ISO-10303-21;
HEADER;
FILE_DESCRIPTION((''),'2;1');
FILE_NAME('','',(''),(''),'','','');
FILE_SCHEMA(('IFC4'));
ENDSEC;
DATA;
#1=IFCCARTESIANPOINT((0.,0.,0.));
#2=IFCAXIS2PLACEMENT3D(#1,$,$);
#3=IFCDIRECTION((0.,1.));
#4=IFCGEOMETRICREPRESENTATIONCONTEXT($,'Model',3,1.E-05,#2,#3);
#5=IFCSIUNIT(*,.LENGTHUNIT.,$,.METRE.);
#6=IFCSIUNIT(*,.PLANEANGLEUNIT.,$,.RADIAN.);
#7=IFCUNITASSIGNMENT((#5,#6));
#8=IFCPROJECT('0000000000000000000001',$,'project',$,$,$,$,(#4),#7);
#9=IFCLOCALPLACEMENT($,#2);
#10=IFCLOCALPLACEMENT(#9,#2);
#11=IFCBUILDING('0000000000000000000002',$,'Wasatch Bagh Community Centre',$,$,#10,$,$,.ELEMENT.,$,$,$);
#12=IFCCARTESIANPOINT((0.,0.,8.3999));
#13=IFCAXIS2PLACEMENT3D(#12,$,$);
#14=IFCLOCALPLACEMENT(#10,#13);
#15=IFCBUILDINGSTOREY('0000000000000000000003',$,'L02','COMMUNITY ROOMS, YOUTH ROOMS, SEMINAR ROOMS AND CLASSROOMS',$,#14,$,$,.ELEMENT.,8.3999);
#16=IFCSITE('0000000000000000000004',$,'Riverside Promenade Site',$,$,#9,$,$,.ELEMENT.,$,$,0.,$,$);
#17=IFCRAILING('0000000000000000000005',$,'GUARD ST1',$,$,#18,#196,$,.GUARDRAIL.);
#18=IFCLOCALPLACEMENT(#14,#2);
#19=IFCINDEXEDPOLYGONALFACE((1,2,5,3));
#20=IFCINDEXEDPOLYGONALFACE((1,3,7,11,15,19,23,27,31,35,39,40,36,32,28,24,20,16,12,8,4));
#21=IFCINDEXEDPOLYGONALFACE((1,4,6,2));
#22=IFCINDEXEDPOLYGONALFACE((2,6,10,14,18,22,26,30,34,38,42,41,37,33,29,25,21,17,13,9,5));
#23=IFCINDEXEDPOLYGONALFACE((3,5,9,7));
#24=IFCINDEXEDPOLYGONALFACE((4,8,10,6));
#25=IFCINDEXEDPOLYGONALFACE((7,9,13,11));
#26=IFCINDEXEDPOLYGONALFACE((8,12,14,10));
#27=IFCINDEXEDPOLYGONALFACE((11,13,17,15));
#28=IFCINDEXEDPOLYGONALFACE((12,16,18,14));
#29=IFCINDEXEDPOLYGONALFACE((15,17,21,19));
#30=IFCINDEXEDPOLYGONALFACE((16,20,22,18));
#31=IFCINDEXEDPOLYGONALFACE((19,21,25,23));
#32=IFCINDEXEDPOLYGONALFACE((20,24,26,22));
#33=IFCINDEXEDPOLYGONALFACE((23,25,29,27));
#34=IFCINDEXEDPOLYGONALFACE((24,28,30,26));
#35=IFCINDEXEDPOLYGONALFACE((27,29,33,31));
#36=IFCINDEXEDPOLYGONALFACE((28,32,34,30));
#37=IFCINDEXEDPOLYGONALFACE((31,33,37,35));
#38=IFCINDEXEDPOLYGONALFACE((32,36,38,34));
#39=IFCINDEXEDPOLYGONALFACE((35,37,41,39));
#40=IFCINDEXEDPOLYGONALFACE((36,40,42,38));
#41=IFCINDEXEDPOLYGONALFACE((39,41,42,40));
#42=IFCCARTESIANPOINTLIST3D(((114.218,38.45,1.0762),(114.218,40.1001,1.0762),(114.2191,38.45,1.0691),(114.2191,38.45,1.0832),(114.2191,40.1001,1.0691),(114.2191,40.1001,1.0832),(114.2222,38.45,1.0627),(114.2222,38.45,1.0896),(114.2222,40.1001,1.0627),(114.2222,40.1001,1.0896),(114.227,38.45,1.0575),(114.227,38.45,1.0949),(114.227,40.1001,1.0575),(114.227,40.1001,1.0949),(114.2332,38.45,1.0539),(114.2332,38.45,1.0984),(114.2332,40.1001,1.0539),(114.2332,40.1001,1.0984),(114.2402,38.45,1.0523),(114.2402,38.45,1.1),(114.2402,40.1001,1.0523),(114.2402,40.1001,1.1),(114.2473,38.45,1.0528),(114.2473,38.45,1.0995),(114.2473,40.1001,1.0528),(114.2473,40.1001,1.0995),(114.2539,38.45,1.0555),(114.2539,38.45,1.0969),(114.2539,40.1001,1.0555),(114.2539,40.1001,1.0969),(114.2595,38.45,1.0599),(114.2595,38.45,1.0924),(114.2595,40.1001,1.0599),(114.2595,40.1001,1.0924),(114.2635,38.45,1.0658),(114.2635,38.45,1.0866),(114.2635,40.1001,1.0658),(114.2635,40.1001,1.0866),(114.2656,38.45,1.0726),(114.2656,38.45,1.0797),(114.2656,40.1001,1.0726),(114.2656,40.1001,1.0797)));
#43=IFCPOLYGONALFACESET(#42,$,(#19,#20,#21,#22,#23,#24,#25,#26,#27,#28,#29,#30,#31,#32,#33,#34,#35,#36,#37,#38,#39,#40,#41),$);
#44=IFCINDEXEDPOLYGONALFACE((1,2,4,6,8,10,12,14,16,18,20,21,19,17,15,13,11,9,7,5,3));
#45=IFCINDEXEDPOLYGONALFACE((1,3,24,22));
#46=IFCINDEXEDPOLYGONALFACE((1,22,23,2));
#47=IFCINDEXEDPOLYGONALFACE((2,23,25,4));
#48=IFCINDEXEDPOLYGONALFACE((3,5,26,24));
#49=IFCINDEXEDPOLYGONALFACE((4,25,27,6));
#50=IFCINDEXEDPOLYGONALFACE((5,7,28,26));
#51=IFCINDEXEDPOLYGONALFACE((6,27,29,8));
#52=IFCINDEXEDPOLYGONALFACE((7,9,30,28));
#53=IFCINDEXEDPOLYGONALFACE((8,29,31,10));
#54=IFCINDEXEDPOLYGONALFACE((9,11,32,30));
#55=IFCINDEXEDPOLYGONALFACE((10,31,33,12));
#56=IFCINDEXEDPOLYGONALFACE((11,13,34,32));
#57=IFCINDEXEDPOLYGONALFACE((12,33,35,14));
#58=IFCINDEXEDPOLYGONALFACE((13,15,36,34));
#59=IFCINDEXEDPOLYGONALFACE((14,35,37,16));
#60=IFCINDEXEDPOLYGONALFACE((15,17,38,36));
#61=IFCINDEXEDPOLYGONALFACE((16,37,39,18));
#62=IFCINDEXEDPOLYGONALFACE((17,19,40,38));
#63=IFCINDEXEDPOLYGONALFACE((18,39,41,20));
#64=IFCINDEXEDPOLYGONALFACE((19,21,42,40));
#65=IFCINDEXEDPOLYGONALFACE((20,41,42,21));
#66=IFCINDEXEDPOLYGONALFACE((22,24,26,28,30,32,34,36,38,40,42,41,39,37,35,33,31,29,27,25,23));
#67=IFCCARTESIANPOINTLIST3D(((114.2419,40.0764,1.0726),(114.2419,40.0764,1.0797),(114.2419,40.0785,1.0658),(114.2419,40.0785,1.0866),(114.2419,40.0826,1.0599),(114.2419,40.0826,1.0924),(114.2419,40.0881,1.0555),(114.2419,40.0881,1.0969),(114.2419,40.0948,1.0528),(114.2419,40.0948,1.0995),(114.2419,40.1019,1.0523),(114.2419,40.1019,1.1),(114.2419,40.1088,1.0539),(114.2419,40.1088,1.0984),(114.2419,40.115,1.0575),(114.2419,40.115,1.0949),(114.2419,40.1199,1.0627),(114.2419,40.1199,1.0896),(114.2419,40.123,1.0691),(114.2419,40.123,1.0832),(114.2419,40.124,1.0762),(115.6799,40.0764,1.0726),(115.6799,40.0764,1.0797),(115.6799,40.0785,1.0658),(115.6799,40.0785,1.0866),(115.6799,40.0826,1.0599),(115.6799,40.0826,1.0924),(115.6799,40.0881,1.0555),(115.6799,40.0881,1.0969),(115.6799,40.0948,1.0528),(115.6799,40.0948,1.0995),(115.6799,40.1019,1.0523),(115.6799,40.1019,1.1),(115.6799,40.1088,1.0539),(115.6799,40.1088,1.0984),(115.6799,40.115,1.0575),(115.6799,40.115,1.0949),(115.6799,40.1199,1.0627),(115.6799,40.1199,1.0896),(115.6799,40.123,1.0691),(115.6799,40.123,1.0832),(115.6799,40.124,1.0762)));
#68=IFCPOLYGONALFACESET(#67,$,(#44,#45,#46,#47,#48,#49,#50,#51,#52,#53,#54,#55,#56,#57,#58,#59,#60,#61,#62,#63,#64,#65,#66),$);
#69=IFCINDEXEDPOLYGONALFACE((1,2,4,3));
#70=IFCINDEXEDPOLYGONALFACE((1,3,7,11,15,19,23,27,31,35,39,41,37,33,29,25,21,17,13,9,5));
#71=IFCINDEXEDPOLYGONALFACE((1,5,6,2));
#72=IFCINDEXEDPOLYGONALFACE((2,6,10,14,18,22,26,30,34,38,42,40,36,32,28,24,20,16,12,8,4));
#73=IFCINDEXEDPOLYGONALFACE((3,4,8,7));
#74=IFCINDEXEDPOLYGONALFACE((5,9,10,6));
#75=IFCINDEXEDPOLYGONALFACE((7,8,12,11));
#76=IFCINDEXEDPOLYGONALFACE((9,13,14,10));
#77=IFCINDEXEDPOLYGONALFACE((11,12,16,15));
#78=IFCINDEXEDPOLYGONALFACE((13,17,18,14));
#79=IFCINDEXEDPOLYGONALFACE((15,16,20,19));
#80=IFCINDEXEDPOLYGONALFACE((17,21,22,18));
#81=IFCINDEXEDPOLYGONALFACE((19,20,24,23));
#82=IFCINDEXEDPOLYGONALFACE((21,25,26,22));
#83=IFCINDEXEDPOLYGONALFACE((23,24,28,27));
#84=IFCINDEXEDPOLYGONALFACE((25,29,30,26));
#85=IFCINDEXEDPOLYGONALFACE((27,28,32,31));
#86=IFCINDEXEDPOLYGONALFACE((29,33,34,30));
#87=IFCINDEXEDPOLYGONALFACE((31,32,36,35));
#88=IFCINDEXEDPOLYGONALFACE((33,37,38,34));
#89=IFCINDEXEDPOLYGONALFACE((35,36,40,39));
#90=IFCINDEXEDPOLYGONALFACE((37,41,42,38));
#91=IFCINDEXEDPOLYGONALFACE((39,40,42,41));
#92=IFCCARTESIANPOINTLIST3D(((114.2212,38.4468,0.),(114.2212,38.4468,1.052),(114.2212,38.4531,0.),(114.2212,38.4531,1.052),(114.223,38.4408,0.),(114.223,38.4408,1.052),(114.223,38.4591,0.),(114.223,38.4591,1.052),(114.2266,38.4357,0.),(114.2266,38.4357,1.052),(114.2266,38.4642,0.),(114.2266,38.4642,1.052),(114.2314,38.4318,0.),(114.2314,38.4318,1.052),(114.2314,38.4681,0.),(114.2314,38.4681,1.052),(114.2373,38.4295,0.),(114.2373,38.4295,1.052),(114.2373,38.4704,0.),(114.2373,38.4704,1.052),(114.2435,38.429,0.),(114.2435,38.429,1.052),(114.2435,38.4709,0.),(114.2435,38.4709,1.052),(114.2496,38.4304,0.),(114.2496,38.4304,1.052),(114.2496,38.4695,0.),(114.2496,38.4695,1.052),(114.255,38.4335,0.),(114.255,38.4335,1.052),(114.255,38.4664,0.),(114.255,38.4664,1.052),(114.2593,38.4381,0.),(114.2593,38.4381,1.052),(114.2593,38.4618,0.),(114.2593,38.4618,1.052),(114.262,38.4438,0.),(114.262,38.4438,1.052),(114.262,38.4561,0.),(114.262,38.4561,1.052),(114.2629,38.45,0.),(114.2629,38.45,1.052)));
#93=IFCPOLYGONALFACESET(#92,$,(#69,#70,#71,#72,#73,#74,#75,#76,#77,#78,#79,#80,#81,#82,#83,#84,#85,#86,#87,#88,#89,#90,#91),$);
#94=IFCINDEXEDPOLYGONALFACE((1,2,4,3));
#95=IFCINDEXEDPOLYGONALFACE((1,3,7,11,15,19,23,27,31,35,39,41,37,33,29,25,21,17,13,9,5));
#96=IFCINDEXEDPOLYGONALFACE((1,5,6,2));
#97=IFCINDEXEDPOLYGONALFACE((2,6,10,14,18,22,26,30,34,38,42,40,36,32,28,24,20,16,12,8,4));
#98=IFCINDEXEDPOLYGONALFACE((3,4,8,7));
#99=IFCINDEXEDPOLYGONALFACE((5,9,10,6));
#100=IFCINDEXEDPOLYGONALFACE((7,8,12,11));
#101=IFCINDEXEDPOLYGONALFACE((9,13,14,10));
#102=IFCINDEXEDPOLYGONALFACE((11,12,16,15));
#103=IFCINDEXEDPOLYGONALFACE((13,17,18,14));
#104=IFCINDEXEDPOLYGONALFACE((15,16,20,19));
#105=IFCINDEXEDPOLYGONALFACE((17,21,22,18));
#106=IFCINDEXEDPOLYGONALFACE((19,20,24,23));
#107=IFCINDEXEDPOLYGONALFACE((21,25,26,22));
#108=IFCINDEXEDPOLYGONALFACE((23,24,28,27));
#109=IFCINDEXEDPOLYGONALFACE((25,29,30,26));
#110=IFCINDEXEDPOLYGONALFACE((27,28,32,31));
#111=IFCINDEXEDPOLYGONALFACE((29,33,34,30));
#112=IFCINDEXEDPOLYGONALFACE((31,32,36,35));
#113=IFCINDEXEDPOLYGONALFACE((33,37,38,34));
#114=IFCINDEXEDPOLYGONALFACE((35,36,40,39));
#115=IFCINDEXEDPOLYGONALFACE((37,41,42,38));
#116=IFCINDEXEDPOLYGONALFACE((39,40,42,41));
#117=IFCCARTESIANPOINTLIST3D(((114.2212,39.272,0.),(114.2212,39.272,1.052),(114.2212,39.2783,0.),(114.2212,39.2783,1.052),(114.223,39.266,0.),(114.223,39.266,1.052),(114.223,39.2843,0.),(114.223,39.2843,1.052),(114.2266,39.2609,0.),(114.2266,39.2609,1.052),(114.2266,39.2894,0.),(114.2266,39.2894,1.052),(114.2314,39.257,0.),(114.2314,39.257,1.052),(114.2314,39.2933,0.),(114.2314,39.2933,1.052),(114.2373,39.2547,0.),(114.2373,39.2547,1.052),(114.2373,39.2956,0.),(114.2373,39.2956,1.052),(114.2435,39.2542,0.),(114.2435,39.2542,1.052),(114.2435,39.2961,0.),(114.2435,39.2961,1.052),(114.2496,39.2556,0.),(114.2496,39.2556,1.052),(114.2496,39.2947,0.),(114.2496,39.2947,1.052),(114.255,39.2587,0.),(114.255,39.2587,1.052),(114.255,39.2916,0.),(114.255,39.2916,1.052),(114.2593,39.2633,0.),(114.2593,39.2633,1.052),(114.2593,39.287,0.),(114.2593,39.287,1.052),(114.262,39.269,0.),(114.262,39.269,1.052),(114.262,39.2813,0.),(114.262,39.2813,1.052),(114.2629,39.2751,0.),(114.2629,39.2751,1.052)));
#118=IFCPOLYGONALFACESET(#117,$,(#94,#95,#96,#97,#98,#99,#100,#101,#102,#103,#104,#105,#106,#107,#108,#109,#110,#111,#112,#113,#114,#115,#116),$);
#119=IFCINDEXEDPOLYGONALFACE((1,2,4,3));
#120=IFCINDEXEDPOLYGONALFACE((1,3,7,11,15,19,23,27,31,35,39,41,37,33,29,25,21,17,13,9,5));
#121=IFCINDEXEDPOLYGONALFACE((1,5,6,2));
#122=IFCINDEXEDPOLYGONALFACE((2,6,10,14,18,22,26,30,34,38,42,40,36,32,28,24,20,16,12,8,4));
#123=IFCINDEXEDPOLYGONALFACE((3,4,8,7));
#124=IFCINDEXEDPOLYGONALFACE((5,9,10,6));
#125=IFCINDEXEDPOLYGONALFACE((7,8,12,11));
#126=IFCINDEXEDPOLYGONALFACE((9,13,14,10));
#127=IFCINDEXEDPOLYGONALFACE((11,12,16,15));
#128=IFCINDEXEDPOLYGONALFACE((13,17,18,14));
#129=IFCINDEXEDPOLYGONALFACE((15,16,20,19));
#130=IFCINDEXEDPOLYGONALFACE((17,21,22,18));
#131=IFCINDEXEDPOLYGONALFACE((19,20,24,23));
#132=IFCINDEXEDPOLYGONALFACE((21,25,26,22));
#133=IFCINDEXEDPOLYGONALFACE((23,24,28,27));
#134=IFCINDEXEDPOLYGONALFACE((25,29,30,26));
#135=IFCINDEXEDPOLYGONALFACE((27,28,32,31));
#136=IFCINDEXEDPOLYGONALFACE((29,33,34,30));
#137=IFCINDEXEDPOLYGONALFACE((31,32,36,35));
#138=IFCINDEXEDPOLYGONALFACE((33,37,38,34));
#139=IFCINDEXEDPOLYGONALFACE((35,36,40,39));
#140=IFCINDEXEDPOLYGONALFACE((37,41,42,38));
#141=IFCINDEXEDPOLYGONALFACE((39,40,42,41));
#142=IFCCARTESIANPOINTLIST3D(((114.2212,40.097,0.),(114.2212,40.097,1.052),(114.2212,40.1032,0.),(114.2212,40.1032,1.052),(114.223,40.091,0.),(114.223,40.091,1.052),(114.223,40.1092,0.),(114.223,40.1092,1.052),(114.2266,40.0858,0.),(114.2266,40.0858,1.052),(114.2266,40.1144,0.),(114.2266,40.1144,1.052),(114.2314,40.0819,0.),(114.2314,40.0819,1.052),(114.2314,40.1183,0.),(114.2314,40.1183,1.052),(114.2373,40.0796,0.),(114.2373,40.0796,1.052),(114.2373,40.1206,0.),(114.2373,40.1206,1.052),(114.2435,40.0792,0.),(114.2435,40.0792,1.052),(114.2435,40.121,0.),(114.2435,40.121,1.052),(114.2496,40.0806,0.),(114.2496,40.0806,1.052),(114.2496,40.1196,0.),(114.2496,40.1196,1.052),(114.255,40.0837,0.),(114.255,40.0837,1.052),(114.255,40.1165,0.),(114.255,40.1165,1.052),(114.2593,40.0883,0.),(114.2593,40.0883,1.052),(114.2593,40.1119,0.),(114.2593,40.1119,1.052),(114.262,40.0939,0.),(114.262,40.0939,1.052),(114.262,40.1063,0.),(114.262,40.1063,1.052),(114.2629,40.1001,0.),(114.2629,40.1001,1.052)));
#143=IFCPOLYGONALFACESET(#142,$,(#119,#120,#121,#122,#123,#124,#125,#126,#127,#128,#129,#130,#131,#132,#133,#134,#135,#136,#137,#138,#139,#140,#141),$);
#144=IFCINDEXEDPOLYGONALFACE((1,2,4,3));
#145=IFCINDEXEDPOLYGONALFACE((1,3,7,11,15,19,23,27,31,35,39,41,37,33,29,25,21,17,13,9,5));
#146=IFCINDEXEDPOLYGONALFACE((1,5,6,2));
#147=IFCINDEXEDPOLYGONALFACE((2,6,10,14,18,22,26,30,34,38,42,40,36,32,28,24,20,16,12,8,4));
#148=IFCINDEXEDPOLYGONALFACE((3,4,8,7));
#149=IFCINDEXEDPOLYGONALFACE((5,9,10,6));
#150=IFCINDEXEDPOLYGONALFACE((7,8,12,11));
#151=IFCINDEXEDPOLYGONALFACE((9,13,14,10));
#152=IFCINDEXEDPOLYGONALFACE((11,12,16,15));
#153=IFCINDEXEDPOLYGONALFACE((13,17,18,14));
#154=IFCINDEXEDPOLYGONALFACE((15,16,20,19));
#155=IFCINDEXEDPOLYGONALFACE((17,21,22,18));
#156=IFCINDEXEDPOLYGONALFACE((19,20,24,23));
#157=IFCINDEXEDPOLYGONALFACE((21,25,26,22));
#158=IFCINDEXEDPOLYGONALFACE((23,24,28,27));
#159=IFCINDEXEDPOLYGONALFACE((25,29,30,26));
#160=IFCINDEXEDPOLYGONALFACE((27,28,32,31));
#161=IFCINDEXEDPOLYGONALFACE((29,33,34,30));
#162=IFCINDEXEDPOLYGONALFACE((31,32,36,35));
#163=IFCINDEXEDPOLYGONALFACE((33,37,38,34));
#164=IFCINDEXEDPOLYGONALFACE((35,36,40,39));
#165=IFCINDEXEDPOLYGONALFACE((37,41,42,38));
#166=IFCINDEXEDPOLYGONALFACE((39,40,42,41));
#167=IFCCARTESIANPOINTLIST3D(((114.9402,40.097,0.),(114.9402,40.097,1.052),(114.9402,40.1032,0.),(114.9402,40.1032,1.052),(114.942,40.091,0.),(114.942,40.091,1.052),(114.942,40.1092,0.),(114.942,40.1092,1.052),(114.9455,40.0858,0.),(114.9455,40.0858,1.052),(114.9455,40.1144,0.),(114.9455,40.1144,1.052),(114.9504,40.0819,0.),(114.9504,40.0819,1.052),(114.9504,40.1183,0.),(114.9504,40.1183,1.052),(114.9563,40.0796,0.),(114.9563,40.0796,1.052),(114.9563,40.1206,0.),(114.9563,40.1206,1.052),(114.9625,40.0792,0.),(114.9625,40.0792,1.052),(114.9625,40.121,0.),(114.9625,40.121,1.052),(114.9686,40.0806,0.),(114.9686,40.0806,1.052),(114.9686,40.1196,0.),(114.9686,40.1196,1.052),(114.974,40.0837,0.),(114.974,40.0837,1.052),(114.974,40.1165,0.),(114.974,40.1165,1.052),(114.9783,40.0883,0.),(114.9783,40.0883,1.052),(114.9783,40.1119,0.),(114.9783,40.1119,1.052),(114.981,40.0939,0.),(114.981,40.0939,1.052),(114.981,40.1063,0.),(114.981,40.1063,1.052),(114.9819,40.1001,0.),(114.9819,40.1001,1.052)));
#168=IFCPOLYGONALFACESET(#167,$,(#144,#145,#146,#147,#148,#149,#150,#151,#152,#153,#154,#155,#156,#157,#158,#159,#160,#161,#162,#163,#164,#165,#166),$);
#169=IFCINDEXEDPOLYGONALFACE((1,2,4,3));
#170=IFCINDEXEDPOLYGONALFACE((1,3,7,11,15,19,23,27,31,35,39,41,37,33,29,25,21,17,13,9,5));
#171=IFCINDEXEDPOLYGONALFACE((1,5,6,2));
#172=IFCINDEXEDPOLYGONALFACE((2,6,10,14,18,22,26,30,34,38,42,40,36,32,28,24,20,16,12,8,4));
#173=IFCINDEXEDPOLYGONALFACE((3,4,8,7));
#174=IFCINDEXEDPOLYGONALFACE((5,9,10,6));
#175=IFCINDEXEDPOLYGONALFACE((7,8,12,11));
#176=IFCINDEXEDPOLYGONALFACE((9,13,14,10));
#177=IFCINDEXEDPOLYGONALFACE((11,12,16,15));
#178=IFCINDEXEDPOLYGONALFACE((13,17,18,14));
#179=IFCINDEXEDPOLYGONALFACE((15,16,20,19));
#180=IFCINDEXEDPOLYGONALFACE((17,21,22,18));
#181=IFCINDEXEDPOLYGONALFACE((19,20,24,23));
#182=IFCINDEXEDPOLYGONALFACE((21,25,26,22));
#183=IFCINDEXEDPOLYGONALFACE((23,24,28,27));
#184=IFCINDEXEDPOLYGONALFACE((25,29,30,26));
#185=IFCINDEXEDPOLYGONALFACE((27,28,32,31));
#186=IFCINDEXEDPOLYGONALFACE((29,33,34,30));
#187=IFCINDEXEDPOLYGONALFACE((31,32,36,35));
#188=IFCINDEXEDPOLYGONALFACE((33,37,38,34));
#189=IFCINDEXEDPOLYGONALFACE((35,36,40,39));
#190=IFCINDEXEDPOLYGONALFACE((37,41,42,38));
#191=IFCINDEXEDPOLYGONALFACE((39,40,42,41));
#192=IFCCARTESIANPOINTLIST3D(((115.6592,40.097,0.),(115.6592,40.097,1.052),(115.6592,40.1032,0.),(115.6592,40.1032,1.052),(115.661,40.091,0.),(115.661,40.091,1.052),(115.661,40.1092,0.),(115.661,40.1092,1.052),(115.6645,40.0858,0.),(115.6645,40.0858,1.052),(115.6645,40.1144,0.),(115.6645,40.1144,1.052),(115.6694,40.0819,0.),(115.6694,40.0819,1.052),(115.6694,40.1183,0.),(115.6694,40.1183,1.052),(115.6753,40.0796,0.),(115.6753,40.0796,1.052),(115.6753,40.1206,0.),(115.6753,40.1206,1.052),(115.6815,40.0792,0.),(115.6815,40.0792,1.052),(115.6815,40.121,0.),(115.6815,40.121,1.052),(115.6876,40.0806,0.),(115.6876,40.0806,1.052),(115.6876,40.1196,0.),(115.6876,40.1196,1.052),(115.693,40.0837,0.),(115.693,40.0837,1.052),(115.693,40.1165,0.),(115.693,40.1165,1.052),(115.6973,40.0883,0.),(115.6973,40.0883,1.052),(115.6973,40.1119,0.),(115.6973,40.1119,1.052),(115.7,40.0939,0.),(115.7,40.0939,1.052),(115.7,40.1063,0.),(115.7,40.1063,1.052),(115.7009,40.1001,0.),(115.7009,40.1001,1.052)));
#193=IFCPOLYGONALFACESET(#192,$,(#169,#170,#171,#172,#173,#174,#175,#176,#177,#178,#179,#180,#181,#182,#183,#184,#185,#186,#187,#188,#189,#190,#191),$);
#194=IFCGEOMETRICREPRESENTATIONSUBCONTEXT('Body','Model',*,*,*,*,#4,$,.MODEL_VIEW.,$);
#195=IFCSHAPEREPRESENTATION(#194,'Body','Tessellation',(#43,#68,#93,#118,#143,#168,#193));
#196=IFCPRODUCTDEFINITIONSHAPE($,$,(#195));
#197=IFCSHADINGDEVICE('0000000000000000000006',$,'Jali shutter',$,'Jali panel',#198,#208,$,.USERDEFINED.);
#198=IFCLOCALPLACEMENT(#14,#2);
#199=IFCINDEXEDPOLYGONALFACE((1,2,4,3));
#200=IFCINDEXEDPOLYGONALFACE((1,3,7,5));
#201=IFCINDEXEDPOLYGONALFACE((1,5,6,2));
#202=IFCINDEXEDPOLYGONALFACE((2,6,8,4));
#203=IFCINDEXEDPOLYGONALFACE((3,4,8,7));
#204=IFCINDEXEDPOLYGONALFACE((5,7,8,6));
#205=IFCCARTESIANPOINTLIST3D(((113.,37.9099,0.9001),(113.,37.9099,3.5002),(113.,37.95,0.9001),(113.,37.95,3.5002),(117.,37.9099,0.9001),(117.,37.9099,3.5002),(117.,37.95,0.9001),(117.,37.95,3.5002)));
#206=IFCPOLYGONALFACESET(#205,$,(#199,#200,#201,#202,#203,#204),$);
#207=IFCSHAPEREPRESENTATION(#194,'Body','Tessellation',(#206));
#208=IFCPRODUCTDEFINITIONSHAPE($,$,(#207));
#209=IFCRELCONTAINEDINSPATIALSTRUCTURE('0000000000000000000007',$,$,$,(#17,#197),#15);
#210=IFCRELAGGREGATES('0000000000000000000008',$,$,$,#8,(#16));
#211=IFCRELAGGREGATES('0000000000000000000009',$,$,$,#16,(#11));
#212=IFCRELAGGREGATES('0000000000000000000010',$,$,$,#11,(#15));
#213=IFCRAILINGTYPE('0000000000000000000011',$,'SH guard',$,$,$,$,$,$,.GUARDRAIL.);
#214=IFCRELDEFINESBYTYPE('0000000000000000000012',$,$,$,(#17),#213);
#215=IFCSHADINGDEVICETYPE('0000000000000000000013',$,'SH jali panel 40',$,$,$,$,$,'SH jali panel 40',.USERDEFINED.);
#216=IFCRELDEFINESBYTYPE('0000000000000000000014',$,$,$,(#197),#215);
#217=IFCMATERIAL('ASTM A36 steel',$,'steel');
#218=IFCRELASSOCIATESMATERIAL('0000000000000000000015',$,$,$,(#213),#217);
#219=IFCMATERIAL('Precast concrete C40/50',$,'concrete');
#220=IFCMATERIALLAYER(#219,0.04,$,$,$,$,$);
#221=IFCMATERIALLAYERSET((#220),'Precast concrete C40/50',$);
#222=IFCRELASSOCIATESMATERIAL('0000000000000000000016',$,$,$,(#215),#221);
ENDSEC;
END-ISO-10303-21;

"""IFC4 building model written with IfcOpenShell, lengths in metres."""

from ifc_helpers import new_model, si_unit, direction, frame, origin, origin_2d, place, context, subcontext, project, spatial, rectangle, circle, extrude, material, layer, layer_set, type_object, element, save


model = new_model("IFC4")

# Units and contexts
model_context = context("Model", 3, precision=1e-05, world=origin(), true_north=direction((0.0, 1.0)))
body_context = subcontext(model_context, "Body", "Model", "MODEL_VIEW")
ifc_project = project(units=[si_unit("LENGTHUNIT", "METRE"), si_unit("PLANEANGLEUNIT", "RADIAN")], contexts=[model_context])

# Site, building, storey
site_placement = place(None, origin())
site = spatial("IfcSite", under=ifc_project, at=site_placement, Name="Riverside Promenade Site", CompositionType="ELEMENT", RefElevation=0.0)
building_placement = place(site_placement, origin())
building = spatial("IfcBuilding", under=site, at=building_placement, Name="Wasatch Bagh Community Centre", CompositionType="ELEMENT")
storey_placement = place(building_placement, frame((0.0, 0.0, 8.3999)))
storey = spatial("IfcBuildingStorey", under=building, at=storey_placement, Name="L02", Description="COMMUNITY ROOMS, YOUTH ROOMS, SEMINAR ROOMS AND CLASSROOMS", CompositionType="ELEMENT", Elevation=8.3999)

# Railing
ifc_material_1 = material(Name="ASTM A36 steel", Category="steel")
railing_type = type_object("IfcRailingType", Name="SH guard", PredefinedType="GUARDRAIL", material=ifc_material_1)
railing_placement = place(storey_placement, frame((114.2419, 38.45, 0.0)))
element("IfcRailing", 1, at=railing_placement, inside=storey, type_object=railing_type, Name="GUARD ST1", PredefinedType="GUARDRAIL", context=body_context, shape_type="SweptSolid", body=[
    extrude(circle(Radius=0.0239, at=origin_2d()), frame((0.0, 0.0, 1.0762), z_axis=(0.0, 1.0, 0.0), x_axis=(-1.0, 0.0, 0.0)), (0.0, 0.0, 1.0), 1.6501),
    extrude(circle(Radius=0.0239, at=origin_2d()), frame((0.0, 1.6501, 1.0762), z_axis=(1.0, 0.0, 0.0), x_axis=(0.0, 1.0, 0.0)), (0.0, 0.0, 1.0), 1.438),
    extrude(circle(Radius=0.021, at=origin_2d()), origin(), (0.0, 0.0, 1.0), 1.052),
    extrude(circle(Radius=0.021, at=origin_2d()), frame((0.0, 0.8252, 0.0)), (0.0, 0.0, 1.0), 1.052),
    extrude(circle(Radius=0.021, at=origin_2d()), frame((0.0, 1.6501, 0.0)), (0.0, 0.0, 1.0), 1.052),
    extrude(circle(Radius=0.021, at=origin_2d()), frame((0.719, 1.6501, 0.0)), (0.0, 0.0, 1.0), 1.052),
    extrude(circle(Radius=0.021, at=origin_2d()), frame((1.438, 1.6501, 0.0)), (0.0, 0.0, 1.0), 1.052),
])

# Shading device
ifc_material_2 = material(Name="Precast concrete C40/50", Category="concrete")
ifc_layer_1 = layer(ifc_material_2, 0.04)
ifc_layer_set_1 = layer_set([ifc_layer_1], Name="Precast concrete C40/50")
shading_device_type = type_object("IfcShadingDeviceType", Name="SH jali panel 40", ElementType="SH jali panel 40", PredefinedType="USERDEFINED", material=ifc_layer_set_1)
for number, where, z_axis, x_axis, name in (
    (2, (115.0, 37.9299, 0.9001), (0.0, 0.0, 1.0), (1.0, 0.0, 0.0), "Jali shutter"),
):
    element("IfcShadingDevice", number, at=place(storey_placement, frame(where, z_axis=z_axis, x_axis=x_axis)), inside=storey, type_object=shading_device_type, Name=name, ObjectType="Jali panel", PredefinedType="USERDEFINED", context=body_context, shape_type="SweptSolid", body=[
        extrude(rectangle(XDim=4.0, YDim=0.04, at=origin_2d()), origin(), (0.0, 0.0, 1.0), 2.6001),
    ])

save(model, "model.ifc")
